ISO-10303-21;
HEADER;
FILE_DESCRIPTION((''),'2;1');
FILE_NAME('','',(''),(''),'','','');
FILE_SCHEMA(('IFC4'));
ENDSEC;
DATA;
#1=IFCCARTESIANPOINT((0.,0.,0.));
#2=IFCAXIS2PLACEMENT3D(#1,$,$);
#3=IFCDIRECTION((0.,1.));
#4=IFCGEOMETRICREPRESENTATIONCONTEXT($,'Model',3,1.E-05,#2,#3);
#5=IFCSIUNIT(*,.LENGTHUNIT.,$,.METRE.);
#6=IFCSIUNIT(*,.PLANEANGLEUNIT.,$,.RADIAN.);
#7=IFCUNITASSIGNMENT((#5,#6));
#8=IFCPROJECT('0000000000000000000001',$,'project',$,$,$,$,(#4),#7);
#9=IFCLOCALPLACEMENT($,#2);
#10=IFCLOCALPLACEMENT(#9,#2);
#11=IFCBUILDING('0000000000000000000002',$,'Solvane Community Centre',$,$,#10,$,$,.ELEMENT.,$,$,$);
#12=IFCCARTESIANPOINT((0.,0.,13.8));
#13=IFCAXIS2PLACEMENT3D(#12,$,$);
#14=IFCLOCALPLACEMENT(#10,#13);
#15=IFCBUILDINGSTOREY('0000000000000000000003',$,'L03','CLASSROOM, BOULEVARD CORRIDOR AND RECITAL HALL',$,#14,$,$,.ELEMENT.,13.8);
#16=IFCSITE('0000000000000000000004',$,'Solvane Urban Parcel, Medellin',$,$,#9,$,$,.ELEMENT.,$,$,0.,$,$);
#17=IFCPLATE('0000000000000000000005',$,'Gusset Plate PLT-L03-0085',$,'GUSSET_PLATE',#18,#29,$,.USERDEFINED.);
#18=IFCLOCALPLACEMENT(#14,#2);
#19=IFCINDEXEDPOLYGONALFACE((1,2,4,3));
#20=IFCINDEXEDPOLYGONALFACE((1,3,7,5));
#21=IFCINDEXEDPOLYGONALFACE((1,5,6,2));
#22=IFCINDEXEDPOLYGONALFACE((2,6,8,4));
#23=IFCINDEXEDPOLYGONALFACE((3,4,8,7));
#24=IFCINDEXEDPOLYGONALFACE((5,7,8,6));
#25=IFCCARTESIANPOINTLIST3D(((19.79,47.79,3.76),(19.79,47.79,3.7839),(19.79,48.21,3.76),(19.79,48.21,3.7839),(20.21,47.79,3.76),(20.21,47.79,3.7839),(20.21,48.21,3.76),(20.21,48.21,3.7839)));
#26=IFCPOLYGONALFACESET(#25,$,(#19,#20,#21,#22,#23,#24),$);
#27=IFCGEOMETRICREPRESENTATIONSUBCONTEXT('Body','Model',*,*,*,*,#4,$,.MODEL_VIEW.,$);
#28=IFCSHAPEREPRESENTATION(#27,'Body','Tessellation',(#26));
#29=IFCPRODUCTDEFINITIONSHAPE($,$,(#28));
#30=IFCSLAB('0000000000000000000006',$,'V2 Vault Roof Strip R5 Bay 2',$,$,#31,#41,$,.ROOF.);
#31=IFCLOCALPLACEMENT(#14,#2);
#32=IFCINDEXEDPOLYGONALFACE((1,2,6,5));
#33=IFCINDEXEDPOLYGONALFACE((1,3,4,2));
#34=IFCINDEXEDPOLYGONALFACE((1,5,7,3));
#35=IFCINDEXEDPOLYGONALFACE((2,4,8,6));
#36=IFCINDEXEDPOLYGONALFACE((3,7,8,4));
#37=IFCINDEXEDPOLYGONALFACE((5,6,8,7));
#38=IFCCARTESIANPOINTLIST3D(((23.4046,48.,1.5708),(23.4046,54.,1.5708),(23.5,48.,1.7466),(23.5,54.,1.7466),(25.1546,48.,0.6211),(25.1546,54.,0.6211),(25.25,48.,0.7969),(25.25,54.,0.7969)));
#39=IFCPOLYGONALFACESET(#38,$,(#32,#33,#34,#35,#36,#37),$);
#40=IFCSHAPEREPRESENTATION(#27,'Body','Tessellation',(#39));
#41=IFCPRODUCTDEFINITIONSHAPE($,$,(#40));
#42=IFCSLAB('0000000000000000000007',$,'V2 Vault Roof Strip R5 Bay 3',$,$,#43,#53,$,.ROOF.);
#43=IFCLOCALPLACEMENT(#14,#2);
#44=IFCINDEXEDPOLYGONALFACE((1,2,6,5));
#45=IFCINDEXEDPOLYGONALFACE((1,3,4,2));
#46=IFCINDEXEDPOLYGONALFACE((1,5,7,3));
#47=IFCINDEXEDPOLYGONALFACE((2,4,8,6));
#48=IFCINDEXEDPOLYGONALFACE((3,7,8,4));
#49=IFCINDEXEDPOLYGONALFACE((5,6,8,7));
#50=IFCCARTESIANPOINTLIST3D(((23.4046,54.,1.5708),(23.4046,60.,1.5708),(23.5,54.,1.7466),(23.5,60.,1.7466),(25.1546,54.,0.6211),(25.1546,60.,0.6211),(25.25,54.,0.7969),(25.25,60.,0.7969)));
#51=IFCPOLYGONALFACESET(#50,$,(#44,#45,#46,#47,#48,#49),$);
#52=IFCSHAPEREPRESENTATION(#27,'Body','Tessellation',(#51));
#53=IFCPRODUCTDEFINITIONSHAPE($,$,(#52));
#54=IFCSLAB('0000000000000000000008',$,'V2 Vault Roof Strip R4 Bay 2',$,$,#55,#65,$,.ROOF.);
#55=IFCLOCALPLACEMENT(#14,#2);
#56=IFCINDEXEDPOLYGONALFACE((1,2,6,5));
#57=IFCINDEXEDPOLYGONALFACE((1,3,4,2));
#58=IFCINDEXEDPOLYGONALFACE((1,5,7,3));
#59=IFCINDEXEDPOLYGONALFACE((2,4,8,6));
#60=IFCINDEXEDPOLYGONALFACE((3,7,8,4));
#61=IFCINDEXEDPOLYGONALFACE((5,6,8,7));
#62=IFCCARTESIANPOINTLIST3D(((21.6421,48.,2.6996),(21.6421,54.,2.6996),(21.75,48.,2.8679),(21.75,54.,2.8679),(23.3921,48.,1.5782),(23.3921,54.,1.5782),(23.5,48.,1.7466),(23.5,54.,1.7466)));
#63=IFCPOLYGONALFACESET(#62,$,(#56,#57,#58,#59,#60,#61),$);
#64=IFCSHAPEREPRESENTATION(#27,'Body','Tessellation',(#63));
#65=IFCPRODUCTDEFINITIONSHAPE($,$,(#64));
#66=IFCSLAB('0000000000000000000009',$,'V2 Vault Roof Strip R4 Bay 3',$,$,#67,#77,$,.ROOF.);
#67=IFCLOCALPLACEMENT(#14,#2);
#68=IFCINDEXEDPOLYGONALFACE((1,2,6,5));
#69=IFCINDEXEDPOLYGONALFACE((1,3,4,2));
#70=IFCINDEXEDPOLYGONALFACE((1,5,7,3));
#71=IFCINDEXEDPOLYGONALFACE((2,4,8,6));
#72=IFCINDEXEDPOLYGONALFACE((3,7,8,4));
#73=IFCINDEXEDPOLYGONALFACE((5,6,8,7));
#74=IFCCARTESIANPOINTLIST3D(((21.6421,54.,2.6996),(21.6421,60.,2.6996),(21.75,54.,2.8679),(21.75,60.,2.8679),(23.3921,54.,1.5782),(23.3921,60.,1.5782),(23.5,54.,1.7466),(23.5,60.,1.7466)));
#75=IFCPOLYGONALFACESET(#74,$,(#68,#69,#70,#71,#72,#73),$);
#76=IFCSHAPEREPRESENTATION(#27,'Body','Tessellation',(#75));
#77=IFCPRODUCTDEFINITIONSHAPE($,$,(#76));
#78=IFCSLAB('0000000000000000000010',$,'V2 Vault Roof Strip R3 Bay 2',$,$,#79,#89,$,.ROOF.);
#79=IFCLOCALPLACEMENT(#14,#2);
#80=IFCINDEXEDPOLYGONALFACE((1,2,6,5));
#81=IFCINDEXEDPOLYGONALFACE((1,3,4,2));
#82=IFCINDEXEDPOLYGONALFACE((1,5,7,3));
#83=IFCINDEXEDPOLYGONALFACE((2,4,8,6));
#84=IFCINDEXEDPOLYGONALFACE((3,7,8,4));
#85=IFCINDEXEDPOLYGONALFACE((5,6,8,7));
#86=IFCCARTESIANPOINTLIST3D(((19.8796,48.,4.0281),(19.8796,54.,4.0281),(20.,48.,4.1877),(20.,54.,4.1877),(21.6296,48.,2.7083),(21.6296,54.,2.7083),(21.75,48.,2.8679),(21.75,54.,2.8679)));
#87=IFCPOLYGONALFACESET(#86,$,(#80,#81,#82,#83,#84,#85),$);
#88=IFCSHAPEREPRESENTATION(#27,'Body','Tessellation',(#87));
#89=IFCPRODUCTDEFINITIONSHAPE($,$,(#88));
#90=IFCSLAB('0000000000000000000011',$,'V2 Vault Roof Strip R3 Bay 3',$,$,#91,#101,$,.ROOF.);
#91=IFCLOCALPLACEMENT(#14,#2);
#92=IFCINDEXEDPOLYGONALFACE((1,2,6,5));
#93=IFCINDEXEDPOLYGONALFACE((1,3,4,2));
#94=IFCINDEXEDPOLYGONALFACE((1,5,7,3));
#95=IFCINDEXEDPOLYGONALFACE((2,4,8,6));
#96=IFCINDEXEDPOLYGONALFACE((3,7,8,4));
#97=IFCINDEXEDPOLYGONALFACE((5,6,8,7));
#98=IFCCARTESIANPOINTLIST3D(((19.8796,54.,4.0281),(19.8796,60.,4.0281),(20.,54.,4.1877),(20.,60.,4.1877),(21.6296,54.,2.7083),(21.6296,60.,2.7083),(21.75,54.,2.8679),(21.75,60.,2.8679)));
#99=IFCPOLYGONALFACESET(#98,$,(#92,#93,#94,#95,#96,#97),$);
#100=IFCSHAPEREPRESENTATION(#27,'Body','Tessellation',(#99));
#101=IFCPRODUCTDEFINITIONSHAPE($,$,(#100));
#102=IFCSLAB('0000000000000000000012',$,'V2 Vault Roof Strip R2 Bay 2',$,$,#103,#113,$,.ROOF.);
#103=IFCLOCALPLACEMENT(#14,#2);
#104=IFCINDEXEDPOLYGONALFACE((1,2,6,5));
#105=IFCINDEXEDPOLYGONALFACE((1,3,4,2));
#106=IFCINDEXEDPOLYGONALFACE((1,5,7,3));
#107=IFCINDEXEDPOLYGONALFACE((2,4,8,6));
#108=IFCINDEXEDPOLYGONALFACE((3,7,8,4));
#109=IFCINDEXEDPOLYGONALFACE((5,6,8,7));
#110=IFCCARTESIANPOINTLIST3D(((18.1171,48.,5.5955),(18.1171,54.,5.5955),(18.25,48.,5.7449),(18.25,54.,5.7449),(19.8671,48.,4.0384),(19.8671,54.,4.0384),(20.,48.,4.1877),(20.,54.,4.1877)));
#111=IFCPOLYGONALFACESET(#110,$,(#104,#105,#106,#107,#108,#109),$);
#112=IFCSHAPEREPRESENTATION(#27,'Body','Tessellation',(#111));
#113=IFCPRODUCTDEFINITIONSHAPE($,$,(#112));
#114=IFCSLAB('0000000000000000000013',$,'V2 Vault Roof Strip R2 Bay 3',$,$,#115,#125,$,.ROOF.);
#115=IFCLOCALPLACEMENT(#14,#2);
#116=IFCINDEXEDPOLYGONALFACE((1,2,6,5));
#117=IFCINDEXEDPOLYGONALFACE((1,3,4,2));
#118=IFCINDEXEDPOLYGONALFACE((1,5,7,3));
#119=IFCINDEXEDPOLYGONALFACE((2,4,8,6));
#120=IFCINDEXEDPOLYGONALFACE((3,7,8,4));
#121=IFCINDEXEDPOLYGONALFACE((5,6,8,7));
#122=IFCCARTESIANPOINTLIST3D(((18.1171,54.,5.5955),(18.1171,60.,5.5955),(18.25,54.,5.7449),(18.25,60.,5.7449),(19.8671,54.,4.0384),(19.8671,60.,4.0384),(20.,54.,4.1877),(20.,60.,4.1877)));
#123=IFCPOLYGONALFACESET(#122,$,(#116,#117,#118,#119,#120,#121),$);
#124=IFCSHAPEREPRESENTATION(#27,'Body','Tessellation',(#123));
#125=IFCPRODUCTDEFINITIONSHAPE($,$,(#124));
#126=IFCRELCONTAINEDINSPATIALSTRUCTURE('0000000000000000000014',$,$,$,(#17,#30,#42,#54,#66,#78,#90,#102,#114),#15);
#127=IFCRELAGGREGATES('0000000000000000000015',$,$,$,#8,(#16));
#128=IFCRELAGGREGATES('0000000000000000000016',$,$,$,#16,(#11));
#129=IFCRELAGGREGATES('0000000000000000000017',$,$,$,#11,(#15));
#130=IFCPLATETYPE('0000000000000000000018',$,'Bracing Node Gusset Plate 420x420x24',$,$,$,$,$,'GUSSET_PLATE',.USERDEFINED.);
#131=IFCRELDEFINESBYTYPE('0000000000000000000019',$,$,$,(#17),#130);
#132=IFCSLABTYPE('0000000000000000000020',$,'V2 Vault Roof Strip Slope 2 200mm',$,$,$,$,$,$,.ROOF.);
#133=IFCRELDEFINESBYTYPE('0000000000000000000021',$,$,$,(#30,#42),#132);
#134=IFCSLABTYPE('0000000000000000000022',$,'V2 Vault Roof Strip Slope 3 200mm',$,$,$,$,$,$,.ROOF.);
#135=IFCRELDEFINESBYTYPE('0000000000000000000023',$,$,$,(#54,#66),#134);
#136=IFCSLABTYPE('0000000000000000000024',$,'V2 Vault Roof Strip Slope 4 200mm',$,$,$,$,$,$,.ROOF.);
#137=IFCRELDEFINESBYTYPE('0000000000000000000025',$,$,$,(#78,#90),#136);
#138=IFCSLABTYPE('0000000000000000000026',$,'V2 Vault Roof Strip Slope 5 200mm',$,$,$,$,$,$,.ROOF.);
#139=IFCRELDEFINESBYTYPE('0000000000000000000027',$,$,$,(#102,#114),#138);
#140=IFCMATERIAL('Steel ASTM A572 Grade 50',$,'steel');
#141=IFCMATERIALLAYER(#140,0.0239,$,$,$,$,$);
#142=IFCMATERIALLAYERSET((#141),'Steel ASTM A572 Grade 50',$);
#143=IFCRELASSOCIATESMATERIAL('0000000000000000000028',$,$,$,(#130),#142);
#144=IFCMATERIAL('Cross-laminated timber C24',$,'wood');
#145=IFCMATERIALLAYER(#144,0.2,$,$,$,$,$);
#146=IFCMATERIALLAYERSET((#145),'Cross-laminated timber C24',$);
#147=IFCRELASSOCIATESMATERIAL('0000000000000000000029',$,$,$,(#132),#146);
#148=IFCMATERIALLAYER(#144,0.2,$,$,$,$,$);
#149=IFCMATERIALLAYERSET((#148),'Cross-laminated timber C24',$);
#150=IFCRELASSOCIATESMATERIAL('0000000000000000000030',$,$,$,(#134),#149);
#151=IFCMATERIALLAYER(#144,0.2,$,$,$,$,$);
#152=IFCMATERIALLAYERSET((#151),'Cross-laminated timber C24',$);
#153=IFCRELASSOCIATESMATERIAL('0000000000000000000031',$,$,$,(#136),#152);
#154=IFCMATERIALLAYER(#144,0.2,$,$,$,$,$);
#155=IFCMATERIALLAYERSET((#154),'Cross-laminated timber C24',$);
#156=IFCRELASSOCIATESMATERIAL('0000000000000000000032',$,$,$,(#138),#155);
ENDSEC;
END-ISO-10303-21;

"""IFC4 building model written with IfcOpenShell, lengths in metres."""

from ifc_helpers import new_model, si_unit, direction, frame, origin, origin_2d, place, context, subcontext, project, spatial, polyline, rectangle, outline, extrude, material, layer, layer_set, type_object, element, save


model = new_model("IFC4")

# Units and contexts
model_context = context("Model", 3, precision=1e-05, world=origin(), true_north=direction((0.0, 1.0)))
body_context = subcontext(model_context, "Body", "Model", "MODEL_VIEW")
ifc_project = project(units=[si_unit("LENGTHUNIT", "METRE"), si_unit("PLANEANGLEUNIT", "RADIAN")], contexts=[model_context])

# Site, building, storey
site_placement = place(None, origin())
site = spatial("IfcSite", under=ifc_project, at=site_placement, Name="Solvane Urban Parcel, Medellin", CompositionType="ELEMENT", RefElevation=0.0)
building_placement = place(site_placement, origin())
building = spatial("IfcBuilding", under=site, at=building_placement, Name="Solvane Community Centre", CompositionType="ELEMENT")
storey_placement = place(building_placement, frame((0.0, 0.0, 13.8)))
storey = spatial("IfcBuildingStorey", under=building, at=storey_placement, Name="L03", Description="CLASSROOM, BOULEVARD CORRIDOR AND RECITAL HALL", CompositionType="ELEMENT", Elevation=13.8)

# Plate
ifc_material_1 = material(Name="Steel ASTM A572 Grade 50", Category="steel")
ifc_layer_1 = layer(ifc_material_1, 0.0239)
ifc_layer_set_1 = layer_set([ifc_layer_1], Name="Steel ASTM A572 Grade 50")
plate_type = type_object("IfcPlateType", Name="Bracing Node Gusset Plate 420x420x24", ElementType="GUSSET_PLATE", PredefinedType="USERDEFINED", material=ifc_layer_set_1)
for number, where, z_axis, x_axis, name in (
    (1, (20.0, 48.0, 3.76), (0.0, 0.0, 1.0), (1.0, 0.0, 0.0), "Gusset Plate PLT-L03-0085"),
):
    element("IfcPlate", number, at=place(storey_placement, frame(where, z_axis=z_axis, x_axis=x_axis)), inside=storey, type_object=plate_type, Name=name, ObjectType="GUSSET_PLATE", PredefinedType="USERDEFINED", context=body_context, shape_type="SweptSolid", body=[
        extrude(rectangle(XDim=0.4199, YDim=0.4199, at=origin_2d()), origin(), (0.0, 0.0, 1.0), 0.0239),
    ])

# Slabs
ifc_material_2 = material(Name="Cross-laminated timber C24", Category="wood")
ifc_layer_2 = layer(ifc_material_2, 0.2)
ifc_layer_set_2 = layer_set([ifc_layer_2], Name="Cross-laminated timber C24")
slab_type_1 = type_object("IfcSlabType", Name="V2 Vault Roof Strip Slope 2 200mm", PredefinedType="ROOF", material=ifc_layer_set_2)
for number, where, z_axis, x_axis, name in (
    (2, (23.5, 48.0, 1.7466), (0.476978, 0.0, 0.878915), (0.878915, 0.0, -0.476978), "V2 Vault Roof Strip R5 Bay 2"),
    (3, (23.5, 54.0, 1.7466), (0.476978, 0.0, 0.878915), (0.878915, 0.0, -0.476978), "V2 Vault Roof Strip R5 Bay 3"),
):
    element("IfcSlab", number, at=place(storey_placement, frame(where, z_axis=z_axis, x_axis=x_axis)), inside=storey, type_object=slab_type_1, Name=name, PredefinedType="ROOF", context=body_context, shape_type="SweptSolid", body=[
        extrude(outline(polyline([(0.0, 0.0), (1.9911, 0.0), (1.9911, 6.0), (0.0, 6.0), (0.0, 0.0)])), origin(), (0.0, 0.0, -1.0), 0.2),
    ])
ifc_layer_3 = layer(ifc_material_2, 0.2)
ifc_layer_set_3 = layer_set([ifc_layer_3], Name="Cross-laminated timber C24")
slab_type_2 = type_object("IfcSlabType", Name="V2 Vault Roof Strip Slope 3 200mm", PredefinedType="ROOF", material=ifc_layer_set_3)
for number, where, z_axis, x_axis, name in (
    (4, (21.75, 48.0, 2.8679), (0.53951, 0.0, 0.841979), (0.841979, 0.0, -0.53951), "V2 Vault Roof Strip R4 Bay 2"),
    (5, (21.75, 54.0, 2.8679), (0.53951, 0.0, 0.841979), (0.841979, 0.0, -0.53951), "V2 Vault Roof Strip R4 Bay 3"),
):
    element("IfcSlab", number, at=place(storey_placement, frame(where, z_axis=z_axis, x_axis=x_axis)), inside=storey, type_object=slab_type_2, Name=name, PredefinedType="ROOF", context=body_context, shape_type="SweptSolid", body=[
        extrude(outline(polyline([(0.0, 0.0), (2.0784, 0.0), (2.0784, 6.0), (0.0, 6.0), (0.0, 0.0)])), origin(), (0.0, 0.0, -1.0), 0.2),
    ])
ifc_layer_4 = layer(ifc_material_2, 0.2)
ifc_layer_set_4 = layer_set([ifc_layer_4], Name="Cross-laminated timber C24")
slab_type_3 = type_object("IfcSlabType", Name="V2 Vault Roof Strip Slope 4 200mm", PredefinedType="ROOF", material=ifc_layer_set_4)
for number, where, z_axis, x_axis, name in (
    (6, (20.0, 48.0, 4.1877), (0.602136, 0.0, 0.798393), (0.798393, 0.0, -0.602136), "V2 Vault Roof Strip R3 Bay 2"),
    (7, (20.0, 54.0, 4.1877), (0.602136, 0.0, 0.798393), (0.798393, 0.0, -0.602136), "V2 Vault Roof Strip R3 Bay 3"),
):
    element("IfcSlab", number, at=place(storey_placement, frame(where, z_axis=z_axis, x_axis=x_axis)), inside=storey, type_object=slab_type_3, Name=name, PredefinedType="ROOF", context=body_context, shape_type="SweptSolid", body=[
        extrude(outline(polyline([(0.0, 0.0), (2.1919, 0.0), (2.1919, 6.0), (0.0, 6.0), (0.0, 0.0)])), origin(), (0.0, 0.0, -1.0), 0.2),
    ])
ifc_layer_5 = layer(ifc_material_2, 0.2)
ifc_layer_set_5 = layer_set([ifc_layer_5], Name="Cross-laminated timber C24")
slab_type_4 = type_object("IfcSlabType", Name="V2 Vault Roof Strip Slope 5 200mm", PredefinedType="ROOF", material=ifc_layer_set_5)
for number, where, z_axis, x_axis, name in (
    (8, (18.25, 48.0, 5.7449), (0.664739, 0.0, 0.747076), (0.747076, 0.0, -0.664739), "V2 Vault Roof Strip R2 Bay 2"),
    (9, (18.25, 54.0, 5.7449), (0.664739, 0.0, 0.747076), (0.747076, 0.0, -0.664739), "V2 Vault Roof Strip R2 Bay 3"),
):
    element("IfcSlab", number, at=place(storey_placement, frame(where, z_axis=z_axis, x_axis=x_axis)), inside=storey, type_object=slab_type_4, Name=name, PredefinedType="ROOF", context=body_context, shape_type="SweptSolid", body=[
        extrude(outline(polyline([(0.0, 0.0), (2.3425, 0.0), (2.3425, 6.0), (0.0, 6.0), (0.0, 0.0)])), origin(), (0.0, 0.0, -1.0), 0.2),
    ])

save(model, "model.ifc")
